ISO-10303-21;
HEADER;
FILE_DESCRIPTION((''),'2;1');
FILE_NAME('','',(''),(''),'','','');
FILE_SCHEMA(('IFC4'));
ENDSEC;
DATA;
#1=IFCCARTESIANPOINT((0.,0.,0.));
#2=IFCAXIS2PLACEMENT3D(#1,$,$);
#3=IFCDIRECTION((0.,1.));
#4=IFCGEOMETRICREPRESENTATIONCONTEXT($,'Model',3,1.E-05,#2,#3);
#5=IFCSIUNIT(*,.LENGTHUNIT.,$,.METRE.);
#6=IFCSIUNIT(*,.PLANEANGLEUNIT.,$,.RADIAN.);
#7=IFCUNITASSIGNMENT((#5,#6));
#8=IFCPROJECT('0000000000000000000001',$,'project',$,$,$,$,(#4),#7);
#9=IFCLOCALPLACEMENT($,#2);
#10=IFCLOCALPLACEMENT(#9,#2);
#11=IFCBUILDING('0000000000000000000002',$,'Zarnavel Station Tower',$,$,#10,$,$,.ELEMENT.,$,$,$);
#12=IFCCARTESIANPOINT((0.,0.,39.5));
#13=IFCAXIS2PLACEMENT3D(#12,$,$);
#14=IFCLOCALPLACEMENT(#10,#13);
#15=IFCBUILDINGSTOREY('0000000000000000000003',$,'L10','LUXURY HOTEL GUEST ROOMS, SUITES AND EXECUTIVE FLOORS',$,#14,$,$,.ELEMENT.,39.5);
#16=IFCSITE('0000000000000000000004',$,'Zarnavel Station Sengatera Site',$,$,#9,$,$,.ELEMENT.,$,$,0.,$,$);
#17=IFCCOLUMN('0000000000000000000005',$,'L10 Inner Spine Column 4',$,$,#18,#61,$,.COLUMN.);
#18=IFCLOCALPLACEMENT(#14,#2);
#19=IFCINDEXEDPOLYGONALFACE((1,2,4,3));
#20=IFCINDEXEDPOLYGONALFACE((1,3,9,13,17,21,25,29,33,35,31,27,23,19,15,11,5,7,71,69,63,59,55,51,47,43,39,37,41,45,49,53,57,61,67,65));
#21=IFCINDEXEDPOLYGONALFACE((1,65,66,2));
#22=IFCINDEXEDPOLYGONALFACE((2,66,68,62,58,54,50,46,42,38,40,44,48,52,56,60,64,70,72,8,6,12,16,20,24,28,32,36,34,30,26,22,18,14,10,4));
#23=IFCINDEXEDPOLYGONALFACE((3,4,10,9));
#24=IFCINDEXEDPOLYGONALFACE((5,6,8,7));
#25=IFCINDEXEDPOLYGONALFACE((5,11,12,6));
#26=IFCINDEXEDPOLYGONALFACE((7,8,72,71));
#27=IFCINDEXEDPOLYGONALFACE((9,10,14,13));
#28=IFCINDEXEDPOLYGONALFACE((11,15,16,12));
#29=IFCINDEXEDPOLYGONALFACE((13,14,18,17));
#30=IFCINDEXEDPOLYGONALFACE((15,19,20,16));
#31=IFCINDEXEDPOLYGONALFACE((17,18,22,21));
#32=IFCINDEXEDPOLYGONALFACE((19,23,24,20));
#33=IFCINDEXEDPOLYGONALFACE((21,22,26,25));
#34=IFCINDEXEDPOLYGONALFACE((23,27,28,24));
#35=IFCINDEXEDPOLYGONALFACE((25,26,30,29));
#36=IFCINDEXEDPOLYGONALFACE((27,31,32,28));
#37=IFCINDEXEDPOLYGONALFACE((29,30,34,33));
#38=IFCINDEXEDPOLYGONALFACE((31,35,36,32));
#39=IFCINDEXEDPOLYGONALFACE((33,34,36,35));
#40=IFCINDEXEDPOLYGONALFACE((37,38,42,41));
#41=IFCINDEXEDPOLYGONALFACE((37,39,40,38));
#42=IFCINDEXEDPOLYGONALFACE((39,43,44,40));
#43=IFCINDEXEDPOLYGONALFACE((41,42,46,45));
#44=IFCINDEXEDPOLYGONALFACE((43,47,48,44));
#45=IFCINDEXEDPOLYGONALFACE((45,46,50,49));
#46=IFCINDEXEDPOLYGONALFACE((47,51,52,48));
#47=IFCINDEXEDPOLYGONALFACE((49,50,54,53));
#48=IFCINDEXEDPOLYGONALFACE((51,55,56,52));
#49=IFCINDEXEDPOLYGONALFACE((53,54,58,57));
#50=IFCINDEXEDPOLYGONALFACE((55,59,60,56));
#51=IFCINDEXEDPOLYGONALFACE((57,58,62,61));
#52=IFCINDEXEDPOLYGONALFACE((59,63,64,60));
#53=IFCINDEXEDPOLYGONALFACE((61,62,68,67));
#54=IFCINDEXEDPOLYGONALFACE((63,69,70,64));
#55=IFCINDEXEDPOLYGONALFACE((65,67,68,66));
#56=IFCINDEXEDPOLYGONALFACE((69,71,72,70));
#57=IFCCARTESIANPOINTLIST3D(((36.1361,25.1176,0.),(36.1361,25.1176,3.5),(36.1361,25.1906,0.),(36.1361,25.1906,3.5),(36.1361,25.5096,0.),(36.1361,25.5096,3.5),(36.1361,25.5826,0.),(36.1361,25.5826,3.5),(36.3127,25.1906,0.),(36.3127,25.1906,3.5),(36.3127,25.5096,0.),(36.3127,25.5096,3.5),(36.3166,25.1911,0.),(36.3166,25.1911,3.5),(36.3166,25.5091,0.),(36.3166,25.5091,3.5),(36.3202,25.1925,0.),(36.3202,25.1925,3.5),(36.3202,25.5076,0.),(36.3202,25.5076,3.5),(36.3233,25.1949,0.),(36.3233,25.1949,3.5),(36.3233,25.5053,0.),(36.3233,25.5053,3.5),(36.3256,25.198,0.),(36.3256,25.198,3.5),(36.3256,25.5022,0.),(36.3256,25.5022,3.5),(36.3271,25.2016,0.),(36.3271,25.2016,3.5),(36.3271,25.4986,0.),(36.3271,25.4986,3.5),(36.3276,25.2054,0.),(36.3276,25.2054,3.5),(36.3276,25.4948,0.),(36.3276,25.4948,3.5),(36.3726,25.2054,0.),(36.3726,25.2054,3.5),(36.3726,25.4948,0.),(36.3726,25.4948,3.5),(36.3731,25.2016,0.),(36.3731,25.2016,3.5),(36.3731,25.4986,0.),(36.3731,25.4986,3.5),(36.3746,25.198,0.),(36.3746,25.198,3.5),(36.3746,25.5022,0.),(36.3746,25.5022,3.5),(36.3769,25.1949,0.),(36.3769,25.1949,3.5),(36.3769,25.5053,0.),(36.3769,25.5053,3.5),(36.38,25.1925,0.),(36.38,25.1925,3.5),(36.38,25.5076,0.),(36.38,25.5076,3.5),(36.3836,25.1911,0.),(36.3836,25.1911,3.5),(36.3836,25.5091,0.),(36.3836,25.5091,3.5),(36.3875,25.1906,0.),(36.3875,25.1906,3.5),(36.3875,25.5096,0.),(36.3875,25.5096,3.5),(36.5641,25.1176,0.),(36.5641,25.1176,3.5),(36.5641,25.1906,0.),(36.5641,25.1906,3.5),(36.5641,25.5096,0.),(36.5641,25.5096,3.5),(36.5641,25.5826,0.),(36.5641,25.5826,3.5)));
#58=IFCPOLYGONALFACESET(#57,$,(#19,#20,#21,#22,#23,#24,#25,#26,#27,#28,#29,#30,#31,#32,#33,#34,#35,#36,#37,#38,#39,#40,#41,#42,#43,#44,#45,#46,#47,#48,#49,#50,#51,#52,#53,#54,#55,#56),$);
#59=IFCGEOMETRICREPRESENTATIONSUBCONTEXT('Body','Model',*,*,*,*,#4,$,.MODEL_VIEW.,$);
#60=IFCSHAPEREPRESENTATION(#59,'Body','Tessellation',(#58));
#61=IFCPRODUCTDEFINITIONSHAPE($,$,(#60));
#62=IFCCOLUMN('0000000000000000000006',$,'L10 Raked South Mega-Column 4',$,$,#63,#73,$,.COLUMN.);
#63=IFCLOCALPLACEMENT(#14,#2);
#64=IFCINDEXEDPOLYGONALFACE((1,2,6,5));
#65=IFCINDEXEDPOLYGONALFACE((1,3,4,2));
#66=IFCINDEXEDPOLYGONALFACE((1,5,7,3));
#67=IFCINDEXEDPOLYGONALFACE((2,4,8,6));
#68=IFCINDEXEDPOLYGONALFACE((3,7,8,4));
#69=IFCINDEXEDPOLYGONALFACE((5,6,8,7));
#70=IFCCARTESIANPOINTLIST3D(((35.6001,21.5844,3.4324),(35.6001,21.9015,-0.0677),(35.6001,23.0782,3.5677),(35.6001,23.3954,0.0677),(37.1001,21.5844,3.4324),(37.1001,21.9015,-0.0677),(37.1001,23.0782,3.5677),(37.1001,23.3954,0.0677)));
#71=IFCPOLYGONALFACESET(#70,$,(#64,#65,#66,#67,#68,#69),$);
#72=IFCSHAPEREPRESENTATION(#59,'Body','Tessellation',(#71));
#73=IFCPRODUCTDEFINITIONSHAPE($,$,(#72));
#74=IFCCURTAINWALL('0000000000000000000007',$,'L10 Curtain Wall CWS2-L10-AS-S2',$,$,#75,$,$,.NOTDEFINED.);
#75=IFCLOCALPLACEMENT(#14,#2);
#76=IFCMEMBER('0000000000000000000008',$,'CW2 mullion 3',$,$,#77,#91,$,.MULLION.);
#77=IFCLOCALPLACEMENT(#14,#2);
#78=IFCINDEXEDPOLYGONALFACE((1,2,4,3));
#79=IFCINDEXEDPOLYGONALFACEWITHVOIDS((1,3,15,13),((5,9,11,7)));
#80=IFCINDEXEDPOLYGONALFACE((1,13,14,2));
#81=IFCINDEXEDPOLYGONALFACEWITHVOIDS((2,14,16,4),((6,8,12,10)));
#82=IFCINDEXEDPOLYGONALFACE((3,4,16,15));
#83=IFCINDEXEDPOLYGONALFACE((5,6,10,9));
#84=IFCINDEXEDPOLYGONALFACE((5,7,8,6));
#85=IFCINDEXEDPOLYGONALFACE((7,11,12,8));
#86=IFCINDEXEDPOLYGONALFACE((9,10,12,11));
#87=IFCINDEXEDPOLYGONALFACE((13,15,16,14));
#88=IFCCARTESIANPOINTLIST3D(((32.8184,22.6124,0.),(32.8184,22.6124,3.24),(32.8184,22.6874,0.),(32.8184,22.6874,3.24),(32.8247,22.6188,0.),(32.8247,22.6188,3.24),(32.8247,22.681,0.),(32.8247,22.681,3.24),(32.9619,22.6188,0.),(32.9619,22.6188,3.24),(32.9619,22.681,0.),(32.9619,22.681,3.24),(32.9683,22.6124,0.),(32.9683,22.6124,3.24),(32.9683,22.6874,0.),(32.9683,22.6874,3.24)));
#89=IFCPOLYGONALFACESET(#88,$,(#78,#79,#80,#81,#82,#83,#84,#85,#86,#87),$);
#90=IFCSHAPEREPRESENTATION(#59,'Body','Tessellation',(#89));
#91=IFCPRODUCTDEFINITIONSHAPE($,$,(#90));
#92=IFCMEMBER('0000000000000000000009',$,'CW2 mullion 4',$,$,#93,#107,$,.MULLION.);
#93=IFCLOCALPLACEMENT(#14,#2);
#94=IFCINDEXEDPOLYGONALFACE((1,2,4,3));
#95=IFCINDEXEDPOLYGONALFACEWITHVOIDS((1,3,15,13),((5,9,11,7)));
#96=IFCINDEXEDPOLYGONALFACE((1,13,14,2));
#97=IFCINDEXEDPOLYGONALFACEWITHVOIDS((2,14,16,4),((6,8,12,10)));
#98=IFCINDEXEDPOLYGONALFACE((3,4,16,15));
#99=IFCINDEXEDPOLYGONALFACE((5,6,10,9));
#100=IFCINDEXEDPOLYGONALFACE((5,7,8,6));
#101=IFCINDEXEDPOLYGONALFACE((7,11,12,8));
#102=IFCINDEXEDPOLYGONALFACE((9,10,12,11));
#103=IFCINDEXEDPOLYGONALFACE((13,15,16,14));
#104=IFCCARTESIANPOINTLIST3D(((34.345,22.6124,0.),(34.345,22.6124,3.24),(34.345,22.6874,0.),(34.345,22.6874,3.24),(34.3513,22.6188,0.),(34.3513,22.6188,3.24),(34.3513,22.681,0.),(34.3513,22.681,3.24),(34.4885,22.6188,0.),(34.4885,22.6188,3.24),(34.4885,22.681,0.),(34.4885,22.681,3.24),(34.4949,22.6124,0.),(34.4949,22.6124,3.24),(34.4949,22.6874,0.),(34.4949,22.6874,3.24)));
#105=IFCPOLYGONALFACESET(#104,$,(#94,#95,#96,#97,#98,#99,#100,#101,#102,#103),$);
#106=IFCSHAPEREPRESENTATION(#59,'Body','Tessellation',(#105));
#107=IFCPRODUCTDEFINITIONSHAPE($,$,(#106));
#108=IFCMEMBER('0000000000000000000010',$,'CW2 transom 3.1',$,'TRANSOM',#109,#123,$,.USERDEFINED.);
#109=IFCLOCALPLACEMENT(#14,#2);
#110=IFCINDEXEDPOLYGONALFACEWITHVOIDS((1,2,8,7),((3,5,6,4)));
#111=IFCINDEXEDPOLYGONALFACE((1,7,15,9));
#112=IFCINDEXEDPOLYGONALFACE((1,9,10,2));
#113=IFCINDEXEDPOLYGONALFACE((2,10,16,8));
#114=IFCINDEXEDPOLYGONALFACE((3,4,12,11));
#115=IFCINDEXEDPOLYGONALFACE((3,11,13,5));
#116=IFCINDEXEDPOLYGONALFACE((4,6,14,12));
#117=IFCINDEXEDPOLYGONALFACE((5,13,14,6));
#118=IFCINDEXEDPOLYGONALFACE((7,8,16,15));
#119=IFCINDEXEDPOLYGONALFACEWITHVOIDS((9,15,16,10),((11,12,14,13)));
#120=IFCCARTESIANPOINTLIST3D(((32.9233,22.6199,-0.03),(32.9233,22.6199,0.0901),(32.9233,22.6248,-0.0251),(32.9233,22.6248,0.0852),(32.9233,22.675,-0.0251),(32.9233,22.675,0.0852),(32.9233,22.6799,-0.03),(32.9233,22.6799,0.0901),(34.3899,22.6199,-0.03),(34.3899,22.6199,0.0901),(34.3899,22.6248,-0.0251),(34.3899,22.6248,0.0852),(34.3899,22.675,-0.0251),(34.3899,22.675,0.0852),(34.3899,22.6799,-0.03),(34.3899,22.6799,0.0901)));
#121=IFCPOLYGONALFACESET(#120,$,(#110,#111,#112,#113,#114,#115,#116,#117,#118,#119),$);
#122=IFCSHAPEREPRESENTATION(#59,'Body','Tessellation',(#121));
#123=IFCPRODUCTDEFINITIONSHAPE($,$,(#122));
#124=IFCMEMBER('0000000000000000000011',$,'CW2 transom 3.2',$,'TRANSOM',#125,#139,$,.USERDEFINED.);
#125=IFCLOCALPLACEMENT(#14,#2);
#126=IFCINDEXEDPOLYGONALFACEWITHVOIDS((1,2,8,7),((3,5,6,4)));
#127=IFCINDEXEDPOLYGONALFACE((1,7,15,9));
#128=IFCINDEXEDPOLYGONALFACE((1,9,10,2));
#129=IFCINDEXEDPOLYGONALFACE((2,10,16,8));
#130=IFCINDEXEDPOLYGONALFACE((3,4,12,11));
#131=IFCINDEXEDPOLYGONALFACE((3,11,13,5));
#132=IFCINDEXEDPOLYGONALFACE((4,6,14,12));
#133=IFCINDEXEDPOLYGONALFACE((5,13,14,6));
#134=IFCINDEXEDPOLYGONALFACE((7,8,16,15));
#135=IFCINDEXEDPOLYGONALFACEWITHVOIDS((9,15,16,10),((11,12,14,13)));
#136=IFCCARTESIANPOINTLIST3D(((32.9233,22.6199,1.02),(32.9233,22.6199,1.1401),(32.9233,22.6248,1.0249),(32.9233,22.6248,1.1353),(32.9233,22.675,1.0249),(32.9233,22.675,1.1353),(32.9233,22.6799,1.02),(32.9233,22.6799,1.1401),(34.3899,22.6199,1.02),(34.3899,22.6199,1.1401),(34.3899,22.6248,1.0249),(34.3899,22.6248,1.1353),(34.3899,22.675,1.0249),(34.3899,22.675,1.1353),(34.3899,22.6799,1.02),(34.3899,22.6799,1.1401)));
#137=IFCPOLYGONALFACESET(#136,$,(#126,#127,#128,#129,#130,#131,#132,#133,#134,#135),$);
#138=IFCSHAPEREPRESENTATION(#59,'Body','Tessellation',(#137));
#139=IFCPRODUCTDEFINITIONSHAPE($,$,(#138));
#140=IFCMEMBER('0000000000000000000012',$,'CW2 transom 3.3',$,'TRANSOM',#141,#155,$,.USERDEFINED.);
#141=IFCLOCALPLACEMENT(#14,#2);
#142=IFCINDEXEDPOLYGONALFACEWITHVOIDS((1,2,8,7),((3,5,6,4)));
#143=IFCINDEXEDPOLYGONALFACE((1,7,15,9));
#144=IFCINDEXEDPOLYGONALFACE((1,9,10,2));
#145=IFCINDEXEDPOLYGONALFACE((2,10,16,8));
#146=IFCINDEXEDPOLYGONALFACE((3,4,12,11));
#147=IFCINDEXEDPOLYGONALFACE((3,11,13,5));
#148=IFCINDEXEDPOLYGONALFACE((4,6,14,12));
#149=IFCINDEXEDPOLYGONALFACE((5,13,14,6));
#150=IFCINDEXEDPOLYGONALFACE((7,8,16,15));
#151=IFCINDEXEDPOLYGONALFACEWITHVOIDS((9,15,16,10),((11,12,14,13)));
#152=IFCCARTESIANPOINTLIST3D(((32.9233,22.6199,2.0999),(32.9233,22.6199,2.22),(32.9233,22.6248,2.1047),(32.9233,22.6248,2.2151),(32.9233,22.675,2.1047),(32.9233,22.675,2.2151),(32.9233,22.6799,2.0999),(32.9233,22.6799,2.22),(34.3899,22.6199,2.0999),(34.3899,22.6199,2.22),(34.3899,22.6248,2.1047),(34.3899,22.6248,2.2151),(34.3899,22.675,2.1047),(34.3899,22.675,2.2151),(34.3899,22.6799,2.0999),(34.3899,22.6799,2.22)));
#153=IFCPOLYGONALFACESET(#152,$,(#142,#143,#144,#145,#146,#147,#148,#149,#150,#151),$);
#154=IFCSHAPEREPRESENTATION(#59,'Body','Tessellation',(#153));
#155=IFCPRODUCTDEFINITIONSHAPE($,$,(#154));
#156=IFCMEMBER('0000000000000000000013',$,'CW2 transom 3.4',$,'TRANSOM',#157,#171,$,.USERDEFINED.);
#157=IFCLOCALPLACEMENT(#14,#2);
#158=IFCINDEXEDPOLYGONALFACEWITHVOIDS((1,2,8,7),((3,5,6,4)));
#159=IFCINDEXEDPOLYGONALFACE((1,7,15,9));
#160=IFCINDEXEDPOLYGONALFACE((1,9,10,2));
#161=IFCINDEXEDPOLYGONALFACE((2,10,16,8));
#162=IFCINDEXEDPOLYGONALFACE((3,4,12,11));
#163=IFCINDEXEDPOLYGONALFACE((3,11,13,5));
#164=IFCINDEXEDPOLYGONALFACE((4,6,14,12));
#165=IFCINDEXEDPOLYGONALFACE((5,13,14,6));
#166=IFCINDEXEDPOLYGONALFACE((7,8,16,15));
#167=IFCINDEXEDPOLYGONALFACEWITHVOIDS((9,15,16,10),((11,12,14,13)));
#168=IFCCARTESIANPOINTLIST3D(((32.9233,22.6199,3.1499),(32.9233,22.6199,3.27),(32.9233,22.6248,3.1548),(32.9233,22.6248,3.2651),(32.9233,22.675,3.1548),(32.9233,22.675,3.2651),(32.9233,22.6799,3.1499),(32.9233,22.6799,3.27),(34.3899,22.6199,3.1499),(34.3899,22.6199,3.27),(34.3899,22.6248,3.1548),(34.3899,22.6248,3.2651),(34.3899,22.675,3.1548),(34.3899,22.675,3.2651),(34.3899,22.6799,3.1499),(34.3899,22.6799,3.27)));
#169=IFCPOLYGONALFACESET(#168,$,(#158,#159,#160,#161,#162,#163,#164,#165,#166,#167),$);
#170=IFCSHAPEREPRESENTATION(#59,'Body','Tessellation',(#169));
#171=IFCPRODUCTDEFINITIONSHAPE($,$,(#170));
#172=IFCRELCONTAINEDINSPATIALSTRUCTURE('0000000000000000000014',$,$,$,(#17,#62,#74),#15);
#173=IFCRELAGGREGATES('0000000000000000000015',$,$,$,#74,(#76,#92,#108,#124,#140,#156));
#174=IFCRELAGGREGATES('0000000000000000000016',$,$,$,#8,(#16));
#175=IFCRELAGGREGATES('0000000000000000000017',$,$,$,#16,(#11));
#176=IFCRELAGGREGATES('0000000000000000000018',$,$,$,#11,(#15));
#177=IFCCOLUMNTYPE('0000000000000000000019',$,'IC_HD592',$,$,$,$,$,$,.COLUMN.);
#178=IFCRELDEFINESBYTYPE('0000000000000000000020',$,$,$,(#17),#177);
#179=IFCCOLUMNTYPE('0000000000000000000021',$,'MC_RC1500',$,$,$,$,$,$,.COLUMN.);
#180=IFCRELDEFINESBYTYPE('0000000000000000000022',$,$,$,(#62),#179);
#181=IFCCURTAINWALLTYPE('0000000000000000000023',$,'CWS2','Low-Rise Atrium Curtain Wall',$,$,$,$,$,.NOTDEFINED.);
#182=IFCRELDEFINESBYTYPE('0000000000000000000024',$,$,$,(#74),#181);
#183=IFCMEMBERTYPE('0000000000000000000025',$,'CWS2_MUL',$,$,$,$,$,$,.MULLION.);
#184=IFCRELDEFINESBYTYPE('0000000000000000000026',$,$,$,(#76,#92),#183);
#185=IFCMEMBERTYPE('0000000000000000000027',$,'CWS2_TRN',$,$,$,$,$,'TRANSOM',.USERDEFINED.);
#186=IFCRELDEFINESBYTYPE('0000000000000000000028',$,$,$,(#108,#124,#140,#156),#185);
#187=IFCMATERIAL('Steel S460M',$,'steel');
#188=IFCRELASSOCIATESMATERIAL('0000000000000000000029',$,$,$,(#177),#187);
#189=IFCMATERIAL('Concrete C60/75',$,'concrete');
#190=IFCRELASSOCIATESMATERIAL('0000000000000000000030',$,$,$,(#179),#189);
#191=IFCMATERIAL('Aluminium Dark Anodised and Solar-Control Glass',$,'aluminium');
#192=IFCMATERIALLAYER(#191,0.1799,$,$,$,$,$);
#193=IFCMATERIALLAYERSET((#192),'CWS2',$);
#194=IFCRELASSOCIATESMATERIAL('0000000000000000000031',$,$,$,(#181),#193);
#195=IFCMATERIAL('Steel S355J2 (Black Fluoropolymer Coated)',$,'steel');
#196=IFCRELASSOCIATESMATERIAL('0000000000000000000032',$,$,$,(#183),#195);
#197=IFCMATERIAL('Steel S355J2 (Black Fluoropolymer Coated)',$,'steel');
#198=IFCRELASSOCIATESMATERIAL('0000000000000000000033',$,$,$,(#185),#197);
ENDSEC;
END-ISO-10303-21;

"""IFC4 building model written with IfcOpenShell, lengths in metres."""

from ifc_helpers import new_model, si_unit, direction, frame, origin, origin_2d, place, context, subcontext, project, spatial, rectangle, hollow_rectangle, i_section, extrude, material, layer, layer_set, material_profile, profile_set, type_object, element, aggregate, save


model = new_model("IFC4")

# Units and contexts
model_context = context("Model", 3, precision=1e-05, world=origin(), true_north=direction((0.0, 1.0)))
body_context = subcontext(model_context, "Body", "Model", "MODEL_VIEW")
ifc_project = project(units=[si_unit("LENGTHUNIT", "METRE"), si_unit("PLANEANGLEUNIT", "RADIAN")], contexts=[model_context])

# Site, building, storey
site_placement = place(None, origin())
site = spatial("IfcSite", under=ifc_project, at=site_placement, Name="Zarnavel Station Sengatera Site", CompositionType="ELEMENT", RefElevation=0.0)
building_placement = place(site_placement, origin())
building = spatial("IfcBuilding", under=site, at=building_placement, Name="Zarnavel Station Tower", CompositionType="ELEMENT")
storey_placement = place(building_placement, frame((0.0, 0.0, 39.5)))
storey = spatial("IfcBuildingStorey", under=building, at=storey_placement, Name="L10", Description="LUXURY HOTEL GUEST ROOMS, SUITES AND EXECUTIVE FLOORS", CompositionType="ELEMENT", Elevation=39.5)

# Columns
ifc_material_1 = material(Name="Steel S460M", Category="steel")
ifc_material_profile_1 = material_profile(ifc_material_1, i_section(OverallWidth=0.428, OverallDepth=0.4651, WebThickness=0.0449, FlangeThickness=0.073, FilletRadius=0.0149, at=origin_2d()), Name="HD400x592")
ifc_profile_set_1 = profile_set([ifc_material_profile_1], Name="Steel S460M")
column_type_1 = type_object("IfcColumnType", Name="IC_HD592", PredefinedType="COLUMN", material=ifc_profile_set_1)
column_1_placement = place(storey_placement, frame((36.3501, 25.3501, 0.0), z_axis=(0.0, 0.0, 1.0), x_axis=(1.0, 0.0, 0.0)))
element("IfcColumn", 1, at=column_1_placement, inside=storey, type_object=column_type_1, Name="L10 Inner Spine Column 4", PredefinedType="COLUMN", context=body_context, shape_type="SweptSolid", body=[
    extrude(i_section(OverallWidth=0.428, OverallDepth=0.4651, WebThickness=0.0449, FlangeThickness=0.073, FilletRadius=0.0149, at=origin_2d()), origin(), (0.0, 0.0, 1.0), 3.5),
])
ifc_material_2 = material(Name="Concrete C60/75", Category="concrete")
ifc_material_profile_2 = material_profile(ifc_material_2, rectangle(XDim=1.5, YDim=1.5, at=origin_2d()), Name="RC1500x1500")
ifc_profile_set_2 = profile_set([ifc_material_profile_2], Name="Concrete C60/75")
column_type_2 = type_object("IfcColumnType", Name="MC_RC1500", PredefinedType="COLUMN", material=ifc_profile_set_2)
column_2_placement = place(storey_placement, frame((36.3501, 22.6484, 0.0), z_axis=(0.0, -0.090241, 0.99592), x_axis=(1.0, 0.0, 0.0)))
element("IfcColumn", 2, at=column_2_placement, inside=storey, type_object=column_type_2, Name="L10 Raked South Mega-Column 4", PredefinedType="COLUMN", context=body_context, shape_type="SweptSolid", body=[
    extrude(rectangle(XDim=1.5, YDim=1.5, at=origin_2d()), origin(), (0.0, 0.0, 1.0), 3.5144),
])

# Curtain wall, members
ifc_material_3 = material(Name="Aluminium Dark Anodised and Solar-Control Glass", Category="aluminium")
ifc_layer_1 = layer(ifc_material_3, 0.1799)
ifc_layer_set_1 = layer_set([ifc_layer_1], Name="CWS2")
curtain_wall_type = type_object("IfcCurtainWallType", Name="CWS2", Description="Low-Rise Atrium Curtain Wall", PredefinedType="NOTDEFINED", material=ifc_layer_set_1)
curtain_wall_placement = place(storey_placement, origin())
curtain_wall = element("IfcCurtainWall", 3, at=curtain_wall_placement, inside=storey, type_object=curtain_wall_type, Name="L10 Curtain Wall CWS2-L10-AS-S2", PredefinedType="NOTDEFINED")
ifc_material_4 = material(Name="Steel S355J2 (Black Fluoropolymer Coated)", Category="steel")
ifc_material_profile_3 = material_profile(ifc_material_4, hollow_rectangle(XDim=0.075, YDim=0.1499, WallThickness=0.0063, at=origin_2d()), Name="RHS150x75x6.3")
ifc_profile_set_3 = profile_set([ifc_material_profile_3], Name="Steel S355J2 (Black Fluoropolymer Coated)")
member_type_1 = type_object("IfcMemberType", Name="CWS2_MUL", PredefinedType="MULLION", material=ifc_profile_set_3)
member_1_placement = place(storey_placement, frame((32.8933, 22.6499, 0.0), z_axis=(0.0, 0.0, 1.0), x_axis=(0.0, 1.0, 0.0)))
member_1 = element("IfcMember", 4, at=member_1_placement, type_object=member_type_1, Name="CW2 mullion 3", PredefinedType="MULLION", context=body_context, shape_type="SweptSolid", body=[
    extrude(hollow_rectangle(XDim=0.075, YDim=0.1499, WallThickness=0.0063, at=origin_2d()), origin(), (0.0, 0.0, 1.0), 3.24),
])
member_2_placement = place(storey_placement, frame((34.4199, 22.6499, 0.0), z_axis=(0.0, 0.0, 1.0), x_axis=(0.0, 1.0, 0.0)))
member_2 = element("IfcMember", 5, at=member_2_placement, type_object=member_type_1, Name="CW2 mullion 4", PredefinedType="MULLION", context=body_context, shape_type="SweptSolid", body=[
    extrude(hollow_rectangle(XDim=0.075, YDim=0.1499, WallThickness=0.0063, at=origin_2d()), origin(), (0.0, 0.0, 1.0), 3.24),
])
ifc_material_5 = material(Name="Steel S355J2 (Black Fluoropolymer Coated)", Category="steel")
ifc_material_profile_4 = material_profile(ifc_material_5, hollow_rectangle(XDim=0.0601, YDim=0.1201, WallThickness=0.0049, at=origin_2d()), Name="RHS120x60x5")
ifc_profile_set_4 = profile_set([ifc_material_profile_4], Name="Steel S355J2 (Black Fluoropolymer Coated)")
member_type_2 = type_object("IfcMemberType", Name="CWS2_TRN", ElementType="TRANSOM", PredefinedType="USERDEFINED", material=ifc_profile_set_4)
member_3_placement = place(storey_placement, frame((32.9233, 22.6499, 0.03), z_axis=(1.0, 0.0, 0.0), x_axis=(0.0, 1.0, 0.0)))
member_3 = element("IfcMember", 6, at=member_3_placement, type_object=member_type_2, Name="CW2 transom 3.1", ObjectType="TRANSOM", PredefinedType="USERDEFINED", context=body_context, shape_type="SweptSolid", body=[
    extrude(hollow_rectangle(XDim=0.0601, YDim=0.1201, WallThickness=0.0049, at=origin_2d()), origin(), (0.0, 0.0, 1.0), 1.4666),
])
member_4_placement = place(storey_placement, frame((32.9233, 22.6499, 1.0801), z_axis=(1.0, 0.0, 0.0), x_axis=(0.0, 1.0, 0.0)))
member_4 = element("IfcMember", 7, at=member_4_placement, type_object=member_type_2, Name="CW2 transom 3.2", ObjectType="TRANSOM", PredefinedType="USERDEFINED", context=body_context, shape_type="SweptSolid", body=[
    extrude(hollow_rectangle(XDim=0.0601, YDim=0.1201, WallThickness=0.0049, at=origin_2d()), origin(), (0.0, 0.0, 1.0), 1.4666),
])
member_5_placement = place(storey_placement, frame((32.9233, 22.6499, 2.1599), z_axis=(1.0, 0.0, 0.0), x_axis=(0.0, 1.0, 0.0)))
member_5 = element("IfcMember", 8, at=member_5_placement, type_object=member_type_2, Name="CW2 transom 3.3", ObjectType="TRANSOM", PredefinedType="USERDEFINED", context=body_context, shape_type="SweptSolid", body=[
    extrude(hollow_rectangle(XDim=0.0601, YDim=0.1201, WallThickness=0.0049, at=origin_2d()), origin(), (0.0, 0.0, 1.0), 1.4666),
])
member_6_placement = place(storey_placement, frame((32.9233, 22.6499, 3.21), z_axis=(1.0, 0.0, 0.0), x_axis=(0.0, 1.0, 0.0)))
member_6 = element("IfcMember", 9, at=member_6_placement, type_object=member_type_2, Name="CW2 transom 3.4", ObjectType="TRANSOM", PredefinedType="USERDEFINED", context=body_context, shape_type="SweptSolid", body=[
    extrude(hollow_rectangle(XDim=0.0601, YDim=0.1201, WallThickness=0.0049, at=origin_2d()), origin(), (0.0, 0.0, 1.0), 1.4666),
])

aggregate(curtain_wall, [member_1, member_2, member_3, member_4, member_5, member_6])

save(model, "model.ifc")
